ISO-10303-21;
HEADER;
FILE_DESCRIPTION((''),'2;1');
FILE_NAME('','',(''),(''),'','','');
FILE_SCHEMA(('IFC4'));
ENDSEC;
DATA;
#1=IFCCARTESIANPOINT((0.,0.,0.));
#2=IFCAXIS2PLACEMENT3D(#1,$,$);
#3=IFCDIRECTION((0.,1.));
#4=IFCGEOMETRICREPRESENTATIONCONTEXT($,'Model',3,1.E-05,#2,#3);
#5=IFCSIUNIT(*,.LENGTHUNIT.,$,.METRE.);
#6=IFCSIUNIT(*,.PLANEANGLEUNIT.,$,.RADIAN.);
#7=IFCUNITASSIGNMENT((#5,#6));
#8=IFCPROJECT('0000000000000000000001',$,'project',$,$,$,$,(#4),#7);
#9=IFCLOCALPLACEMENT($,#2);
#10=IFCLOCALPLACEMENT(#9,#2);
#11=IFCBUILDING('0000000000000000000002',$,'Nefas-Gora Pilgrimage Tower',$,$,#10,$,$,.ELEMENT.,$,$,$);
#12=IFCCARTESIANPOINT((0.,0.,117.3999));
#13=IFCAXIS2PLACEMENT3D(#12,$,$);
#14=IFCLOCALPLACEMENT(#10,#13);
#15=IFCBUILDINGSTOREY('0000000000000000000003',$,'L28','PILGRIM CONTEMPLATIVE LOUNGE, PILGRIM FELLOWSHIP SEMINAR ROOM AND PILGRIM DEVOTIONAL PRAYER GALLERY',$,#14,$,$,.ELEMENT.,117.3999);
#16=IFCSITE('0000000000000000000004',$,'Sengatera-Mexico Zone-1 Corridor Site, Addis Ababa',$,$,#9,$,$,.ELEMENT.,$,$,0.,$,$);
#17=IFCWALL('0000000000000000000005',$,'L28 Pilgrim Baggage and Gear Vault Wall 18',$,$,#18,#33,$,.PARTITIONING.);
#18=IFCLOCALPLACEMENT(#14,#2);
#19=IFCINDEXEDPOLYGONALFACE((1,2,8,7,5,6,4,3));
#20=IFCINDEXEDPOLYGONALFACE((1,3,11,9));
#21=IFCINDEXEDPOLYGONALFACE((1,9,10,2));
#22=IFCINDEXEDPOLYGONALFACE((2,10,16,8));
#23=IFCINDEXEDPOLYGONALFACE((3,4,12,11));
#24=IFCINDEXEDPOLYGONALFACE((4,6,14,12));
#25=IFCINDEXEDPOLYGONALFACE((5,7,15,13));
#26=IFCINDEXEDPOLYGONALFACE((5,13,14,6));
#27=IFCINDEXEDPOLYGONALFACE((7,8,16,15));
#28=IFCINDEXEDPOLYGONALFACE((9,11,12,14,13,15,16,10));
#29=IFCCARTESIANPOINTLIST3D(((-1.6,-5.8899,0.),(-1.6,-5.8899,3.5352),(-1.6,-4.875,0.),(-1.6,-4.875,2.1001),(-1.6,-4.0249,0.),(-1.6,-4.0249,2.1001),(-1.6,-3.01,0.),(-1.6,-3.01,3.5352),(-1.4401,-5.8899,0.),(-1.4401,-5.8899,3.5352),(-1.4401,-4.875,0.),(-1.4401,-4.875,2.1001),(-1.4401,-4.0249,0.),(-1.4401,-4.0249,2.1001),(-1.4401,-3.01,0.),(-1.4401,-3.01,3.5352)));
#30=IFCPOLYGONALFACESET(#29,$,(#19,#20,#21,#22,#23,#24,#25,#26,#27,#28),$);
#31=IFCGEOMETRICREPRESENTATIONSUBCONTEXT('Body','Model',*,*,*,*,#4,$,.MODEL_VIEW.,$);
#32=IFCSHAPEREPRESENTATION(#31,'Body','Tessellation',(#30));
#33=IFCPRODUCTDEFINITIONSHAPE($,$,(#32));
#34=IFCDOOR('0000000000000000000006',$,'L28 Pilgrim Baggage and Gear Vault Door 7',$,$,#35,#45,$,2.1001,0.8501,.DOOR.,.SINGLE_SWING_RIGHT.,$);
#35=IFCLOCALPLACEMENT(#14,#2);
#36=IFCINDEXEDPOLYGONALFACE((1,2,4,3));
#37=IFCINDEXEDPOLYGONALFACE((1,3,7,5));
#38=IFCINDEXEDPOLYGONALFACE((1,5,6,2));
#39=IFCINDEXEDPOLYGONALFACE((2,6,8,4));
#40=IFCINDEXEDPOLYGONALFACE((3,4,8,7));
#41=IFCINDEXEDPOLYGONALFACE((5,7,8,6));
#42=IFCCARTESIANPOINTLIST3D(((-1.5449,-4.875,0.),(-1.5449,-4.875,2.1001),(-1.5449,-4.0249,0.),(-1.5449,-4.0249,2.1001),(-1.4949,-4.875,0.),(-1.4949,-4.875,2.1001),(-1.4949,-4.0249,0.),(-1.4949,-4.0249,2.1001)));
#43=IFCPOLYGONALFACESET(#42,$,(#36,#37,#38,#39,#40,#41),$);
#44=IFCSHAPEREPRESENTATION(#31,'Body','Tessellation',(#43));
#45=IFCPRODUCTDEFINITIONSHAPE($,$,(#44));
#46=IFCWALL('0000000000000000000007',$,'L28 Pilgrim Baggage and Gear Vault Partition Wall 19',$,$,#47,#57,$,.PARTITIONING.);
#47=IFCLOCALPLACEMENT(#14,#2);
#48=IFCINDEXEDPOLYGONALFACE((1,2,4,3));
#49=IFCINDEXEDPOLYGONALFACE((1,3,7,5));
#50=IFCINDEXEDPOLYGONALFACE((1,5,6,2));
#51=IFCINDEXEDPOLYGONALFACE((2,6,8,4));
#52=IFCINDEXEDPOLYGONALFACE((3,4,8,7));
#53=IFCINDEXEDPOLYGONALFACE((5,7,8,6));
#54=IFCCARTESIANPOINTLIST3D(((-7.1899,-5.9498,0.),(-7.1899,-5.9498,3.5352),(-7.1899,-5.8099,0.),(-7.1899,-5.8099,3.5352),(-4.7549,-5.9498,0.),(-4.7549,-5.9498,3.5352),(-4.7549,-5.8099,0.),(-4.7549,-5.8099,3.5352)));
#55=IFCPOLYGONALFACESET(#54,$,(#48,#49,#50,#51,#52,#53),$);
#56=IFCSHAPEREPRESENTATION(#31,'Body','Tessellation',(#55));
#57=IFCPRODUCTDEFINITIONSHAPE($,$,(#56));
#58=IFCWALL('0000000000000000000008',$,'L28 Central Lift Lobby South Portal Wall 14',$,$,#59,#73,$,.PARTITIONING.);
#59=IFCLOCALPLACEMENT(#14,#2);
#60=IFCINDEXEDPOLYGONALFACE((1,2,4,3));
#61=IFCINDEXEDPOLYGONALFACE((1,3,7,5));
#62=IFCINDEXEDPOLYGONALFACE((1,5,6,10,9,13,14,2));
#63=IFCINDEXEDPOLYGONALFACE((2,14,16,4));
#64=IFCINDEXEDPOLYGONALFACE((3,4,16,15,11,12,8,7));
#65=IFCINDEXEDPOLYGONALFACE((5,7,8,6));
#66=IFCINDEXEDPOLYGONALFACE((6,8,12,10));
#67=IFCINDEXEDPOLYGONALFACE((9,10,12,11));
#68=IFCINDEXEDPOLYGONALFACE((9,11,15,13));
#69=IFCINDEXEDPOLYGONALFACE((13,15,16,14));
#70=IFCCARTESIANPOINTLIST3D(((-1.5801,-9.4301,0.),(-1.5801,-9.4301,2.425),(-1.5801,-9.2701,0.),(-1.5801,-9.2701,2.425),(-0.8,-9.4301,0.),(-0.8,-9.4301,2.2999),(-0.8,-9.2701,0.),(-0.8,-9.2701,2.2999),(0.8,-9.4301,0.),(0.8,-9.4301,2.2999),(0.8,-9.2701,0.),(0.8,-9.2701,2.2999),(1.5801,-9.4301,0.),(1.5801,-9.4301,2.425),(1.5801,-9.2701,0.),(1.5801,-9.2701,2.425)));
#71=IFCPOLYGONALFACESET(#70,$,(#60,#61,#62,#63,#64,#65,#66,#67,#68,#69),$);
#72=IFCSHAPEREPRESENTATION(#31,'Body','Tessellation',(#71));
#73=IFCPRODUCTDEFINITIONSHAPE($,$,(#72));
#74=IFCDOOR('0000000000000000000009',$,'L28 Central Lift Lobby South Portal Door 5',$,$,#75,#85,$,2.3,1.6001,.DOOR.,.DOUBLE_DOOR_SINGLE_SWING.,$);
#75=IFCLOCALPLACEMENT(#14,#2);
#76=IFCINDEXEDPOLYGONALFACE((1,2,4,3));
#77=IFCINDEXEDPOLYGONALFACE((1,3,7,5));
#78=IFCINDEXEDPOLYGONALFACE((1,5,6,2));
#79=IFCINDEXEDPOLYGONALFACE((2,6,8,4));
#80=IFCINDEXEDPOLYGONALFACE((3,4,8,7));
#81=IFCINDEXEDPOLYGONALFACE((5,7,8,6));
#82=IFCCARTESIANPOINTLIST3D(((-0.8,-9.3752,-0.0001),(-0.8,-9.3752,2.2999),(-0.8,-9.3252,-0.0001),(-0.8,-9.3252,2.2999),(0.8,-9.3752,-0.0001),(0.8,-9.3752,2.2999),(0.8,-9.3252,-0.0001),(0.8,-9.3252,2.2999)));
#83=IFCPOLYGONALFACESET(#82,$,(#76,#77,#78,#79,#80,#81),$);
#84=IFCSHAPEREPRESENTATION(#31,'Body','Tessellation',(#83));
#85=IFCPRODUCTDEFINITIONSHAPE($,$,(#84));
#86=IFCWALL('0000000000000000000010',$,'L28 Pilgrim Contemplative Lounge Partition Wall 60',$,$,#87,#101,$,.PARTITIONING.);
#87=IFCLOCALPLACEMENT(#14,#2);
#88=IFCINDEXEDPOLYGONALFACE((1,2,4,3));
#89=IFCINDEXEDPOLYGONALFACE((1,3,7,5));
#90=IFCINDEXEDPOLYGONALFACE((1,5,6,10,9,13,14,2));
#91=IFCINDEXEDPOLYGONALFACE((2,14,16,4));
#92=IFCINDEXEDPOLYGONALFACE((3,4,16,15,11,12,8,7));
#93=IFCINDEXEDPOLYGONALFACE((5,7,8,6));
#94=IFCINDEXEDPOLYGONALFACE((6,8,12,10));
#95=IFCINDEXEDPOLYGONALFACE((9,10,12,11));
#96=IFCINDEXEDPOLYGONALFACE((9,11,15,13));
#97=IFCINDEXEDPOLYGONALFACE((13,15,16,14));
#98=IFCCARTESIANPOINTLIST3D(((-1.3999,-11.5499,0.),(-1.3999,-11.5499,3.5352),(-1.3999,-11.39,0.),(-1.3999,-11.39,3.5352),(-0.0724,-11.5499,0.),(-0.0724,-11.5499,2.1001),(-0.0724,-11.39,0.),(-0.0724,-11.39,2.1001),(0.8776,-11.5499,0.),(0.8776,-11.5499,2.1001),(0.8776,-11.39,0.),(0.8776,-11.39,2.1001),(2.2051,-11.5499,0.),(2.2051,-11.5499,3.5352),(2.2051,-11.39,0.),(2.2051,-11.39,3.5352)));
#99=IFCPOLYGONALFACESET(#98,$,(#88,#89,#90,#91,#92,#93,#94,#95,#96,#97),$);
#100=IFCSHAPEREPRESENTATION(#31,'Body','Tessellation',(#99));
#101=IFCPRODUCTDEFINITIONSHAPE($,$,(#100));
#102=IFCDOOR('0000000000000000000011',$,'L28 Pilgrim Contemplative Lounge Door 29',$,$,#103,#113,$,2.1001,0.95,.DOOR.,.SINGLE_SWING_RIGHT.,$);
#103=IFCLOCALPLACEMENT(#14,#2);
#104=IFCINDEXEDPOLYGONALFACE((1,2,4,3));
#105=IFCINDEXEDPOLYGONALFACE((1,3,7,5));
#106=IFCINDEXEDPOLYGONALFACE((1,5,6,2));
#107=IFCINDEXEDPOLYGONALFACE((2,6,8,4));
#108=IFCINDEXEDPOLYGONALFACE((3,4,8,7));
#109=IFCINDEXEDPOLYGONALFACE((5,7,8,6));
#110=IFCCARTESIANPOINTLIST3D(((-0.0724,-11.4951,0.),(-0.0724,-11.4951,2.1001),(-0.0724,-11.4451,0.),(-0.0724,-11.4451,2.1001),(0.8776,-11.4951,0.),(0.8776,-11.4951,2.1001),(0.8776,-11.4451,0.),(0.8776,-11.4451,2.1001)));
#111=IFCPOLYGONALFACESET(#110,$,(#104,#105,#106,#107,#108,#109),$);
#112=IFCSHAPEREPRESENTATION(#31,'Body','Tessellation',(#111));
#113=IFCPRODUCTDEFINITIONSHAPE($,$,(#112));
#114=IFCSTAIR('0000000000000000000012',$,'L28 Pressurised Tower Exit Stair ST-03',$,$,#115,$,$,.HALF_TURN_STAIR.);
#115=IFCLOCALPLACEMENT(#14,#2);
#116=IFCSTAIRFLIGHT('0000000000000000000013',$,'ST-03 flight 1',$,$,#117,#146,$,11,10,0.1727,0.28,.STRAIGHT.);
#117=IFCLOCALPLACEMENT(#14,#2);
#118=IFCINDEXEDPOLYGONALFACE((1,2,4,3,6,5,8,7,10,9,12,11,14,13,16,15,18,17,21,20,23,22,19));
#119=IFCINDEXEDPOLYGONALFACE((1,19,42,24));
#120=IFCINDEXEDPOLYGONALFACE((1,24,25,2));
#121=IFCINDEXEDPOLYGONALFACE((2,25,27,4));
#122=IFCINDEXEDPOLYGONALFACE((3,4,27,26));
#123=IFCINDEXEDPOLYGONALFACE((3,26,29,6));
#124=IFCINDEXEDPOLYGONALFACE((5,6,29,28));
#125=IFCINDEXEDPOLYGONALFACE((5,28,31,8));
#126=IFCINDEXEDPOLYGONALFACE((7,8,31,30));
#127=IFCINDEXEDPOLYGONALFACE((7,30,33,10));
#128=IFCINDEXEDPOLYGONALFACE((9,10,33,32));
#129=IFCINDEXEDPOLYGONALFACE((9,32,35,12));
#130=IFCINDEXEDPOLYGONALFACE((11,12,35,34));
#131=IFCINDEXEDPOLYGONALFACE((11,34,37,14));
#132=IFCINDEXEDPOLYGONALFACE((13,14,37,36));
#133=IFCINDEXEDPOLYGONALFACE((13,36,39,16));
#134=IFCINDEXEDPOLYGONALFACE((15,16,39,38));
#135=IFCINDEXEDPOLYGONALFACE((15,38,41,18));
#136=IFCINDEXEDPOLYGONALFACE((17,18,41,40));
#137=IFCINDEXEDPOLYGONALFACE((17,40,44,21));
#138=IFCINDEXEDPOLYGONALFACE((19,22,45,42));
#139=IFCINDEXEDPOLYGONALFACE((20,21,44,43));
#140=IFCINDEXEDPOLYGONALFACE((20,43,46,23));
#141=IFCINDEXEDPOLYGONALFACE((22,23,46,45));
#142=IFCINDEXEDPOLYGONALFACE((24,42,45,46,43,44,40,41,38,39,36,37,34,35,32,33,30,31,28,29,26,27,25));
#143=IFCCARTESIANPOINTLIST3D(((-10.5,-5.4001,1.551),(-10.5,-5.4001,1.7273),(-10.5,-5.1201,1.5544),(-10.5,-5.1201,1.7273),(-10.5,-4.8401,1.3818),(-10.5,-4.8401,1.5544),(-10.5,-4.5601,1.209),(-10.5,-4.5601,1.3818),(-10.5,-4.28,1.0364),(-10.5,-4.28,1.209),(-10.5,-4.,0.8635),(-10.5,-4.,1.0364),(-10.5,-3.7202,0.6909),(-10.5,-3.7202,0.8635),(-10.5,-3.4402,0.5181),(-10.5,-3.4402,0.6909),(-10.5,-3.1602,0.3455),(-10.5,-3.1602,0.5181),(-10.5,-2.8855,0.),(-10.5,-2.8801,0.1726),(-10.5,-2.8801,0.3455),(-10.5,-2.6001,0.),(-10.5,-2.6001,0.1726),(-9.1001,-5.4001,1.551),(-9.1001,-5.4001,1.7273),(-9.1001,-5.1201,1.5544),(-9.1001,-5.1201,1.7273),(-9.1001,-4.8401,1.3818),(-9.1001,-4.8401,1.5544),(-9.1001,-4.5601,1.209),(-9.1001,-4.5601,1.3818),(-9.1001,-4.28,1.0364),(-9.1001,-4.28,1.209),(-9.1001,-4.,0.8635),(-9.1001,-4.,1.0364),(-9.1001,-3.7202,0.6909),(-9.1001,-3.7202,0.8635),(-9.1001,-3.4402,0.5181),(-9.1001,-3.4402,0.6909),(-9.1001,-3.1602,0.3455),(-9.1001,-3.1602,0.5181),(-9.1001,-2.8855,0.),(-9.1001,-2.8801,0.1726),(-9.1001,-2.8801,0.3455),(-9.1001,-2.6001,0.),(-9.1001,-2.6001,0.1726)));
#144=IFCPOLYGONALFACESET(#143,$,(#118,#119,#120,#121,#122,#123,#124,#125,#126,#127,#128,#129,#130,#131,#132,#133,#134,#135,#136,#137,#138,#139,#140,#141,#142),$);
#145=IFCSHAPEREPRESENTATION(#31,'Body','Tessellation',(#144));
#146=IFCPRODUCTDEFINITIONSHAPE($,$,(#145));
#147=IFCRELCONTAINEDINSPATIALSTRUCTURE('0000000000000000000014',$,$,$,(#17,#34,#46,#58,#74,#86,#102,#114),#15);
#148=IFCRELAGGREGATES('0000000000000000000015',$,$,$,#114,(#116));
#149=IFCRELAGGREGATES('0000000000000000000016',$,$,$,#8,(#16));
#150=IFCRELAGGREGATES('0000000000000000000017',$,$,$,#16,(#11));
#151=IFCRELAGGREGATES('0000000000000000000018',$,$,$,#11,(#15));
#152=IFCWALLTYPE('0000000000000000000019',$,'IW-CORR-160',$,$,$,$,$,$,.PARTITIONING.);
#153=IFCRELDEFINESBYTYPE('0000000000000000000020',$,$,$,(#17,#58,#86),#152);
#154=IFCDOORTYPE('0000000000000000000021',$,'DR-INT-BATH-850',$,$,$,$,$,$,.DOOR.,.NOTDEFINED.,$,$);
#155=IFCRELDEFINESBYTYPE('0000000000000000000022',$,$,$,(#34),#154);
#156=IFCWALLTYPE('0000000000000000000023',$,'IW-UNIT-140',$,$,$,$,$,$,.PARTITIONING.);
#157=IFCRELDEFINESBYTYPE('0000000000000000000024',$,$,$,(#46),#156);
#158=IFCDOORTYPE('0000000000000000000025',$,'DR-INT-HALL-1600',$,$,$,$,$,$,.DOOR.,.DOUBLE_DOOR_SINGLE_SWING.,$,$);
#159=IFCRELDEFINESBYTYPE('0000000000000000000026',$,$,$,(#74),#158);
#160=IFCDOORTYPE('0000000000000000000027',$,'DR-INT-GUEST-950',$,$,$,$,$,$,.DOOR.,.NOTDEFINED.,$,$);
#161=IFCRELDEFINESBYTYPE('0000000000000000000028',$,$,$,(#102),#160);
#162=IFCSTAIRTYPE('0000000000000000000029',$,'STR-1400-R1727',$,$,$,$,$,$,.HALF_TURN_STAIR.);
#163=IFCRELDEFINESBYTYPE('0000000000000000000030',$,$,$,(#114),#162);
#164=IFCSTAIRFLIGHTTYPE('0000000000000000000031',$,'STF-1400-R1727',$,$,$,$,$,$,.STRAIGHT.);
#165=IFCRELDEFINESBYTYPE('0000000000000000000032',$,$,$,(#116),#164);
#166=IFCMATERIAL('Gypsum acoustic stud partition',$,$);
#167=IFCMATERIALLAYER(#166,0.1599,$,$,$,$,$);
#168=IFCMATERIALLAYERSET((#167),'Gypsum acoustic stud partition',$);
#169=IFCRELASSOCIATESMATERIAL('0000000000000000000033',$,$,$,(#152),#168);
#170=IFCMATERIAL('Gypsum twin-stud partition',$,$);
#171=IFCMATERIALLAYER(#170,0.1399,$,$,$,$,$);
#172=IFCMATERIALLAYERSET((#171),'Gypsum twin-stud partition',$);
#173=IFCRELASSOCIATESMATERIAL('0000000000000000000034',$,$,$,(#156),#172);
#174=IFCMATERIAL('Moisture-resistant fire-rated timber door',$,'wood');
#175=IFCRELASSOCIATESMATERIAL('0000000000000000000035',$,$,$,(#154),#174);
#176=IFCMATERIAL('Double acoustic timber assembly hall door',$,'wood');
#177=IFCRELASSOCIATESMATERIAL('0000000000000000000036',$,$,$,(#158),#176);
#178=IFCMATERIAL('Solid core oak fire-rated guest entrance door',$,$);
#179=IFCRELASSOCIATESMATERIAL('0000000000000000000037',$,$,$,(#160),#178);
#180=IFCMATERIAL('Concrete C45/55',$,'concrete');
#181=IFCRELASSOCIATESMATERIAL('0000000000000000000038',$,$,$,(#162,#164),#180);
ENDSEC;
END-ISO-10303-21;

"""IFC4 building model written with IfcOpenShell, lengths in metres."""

from ifc_helpers import new_model, si_unit, direction, frame, frame_2d, origin, place, context, subcontext, project, spatial, polyline, rectangle, outline, extrude, source, transform, mapped, material, layer, layer_set, type_object, element, fill, aggregate, save


model = new_model("IFC4")

# Units and contexts
model_context = context("Model", 3, precision=1e-05, world=origin(), true_north=direction((0.0, 1.0)))
body_context = subcontext(model_context, "Body", "Model", "MODEL_VIEW")
ifc_project = project(units=[si_unit("LENGTHUNIT", "METRE"), si_unit("PLANEANGLEUNIT", "RADIAN")], contexts=[model_context])

# Site, building, storey
site_placement = place(None, origin())
site = spatial("IfcSite", under=ifc_project, at=site_placement, Name="Sengatera-Mexico Zone-1 Corridor Site, Addis Ababa", CompositionType="ELEMENT", RefElevation=0.0)
building_placement = place(site_placement, origin())
building = spatial("IfcBuilding", under=site, at=building_placement, Name="Nefas-Gora Pilgrimage Tower", CompositionType="ELEMENT")
storey_placement = place(building_placement, frame((0.0, 0.0, 117.3999)))
storey = spatial("IfcBuildingStorey", under=building, at=storey_placement, Name="L28", Description="PILGRIM CONTEMPLATIVE LOUNGE, PILGRIM FELLOWSHIP SEMINAR ROOM AND PILGRIM DEVOTIONAL PRAYER GALLERY", CompositionType="ELEMENT", Elevation=117.3999)

# Shared definitions
ifc_material_1 = material(Name="Concrete C45/55", Category="concrete")

# Shared definitions
ifc_material_2 = material(Name="Gypsum acoustic stud partition")
ifc_layer_1 = layer(ifc_material_2, 0.1599)
ifc_layer_set_1 = layer_set([ifc_layer_1], Name="Gypsum acoustic stud partition")
wall_type_1 = type_object("IfcWallType", Name="IW-CORR-160", PredefinedType="PARTITIONING", material=ifc_layer_set_1)
ifc_material_3 = material(Name="Gypsum twin-stud partition")
ifc_layer_2 = layer(ifc_material_3, 0.1399)
ifc_layer_set_2 = layer_set([ifc_layer_2], Name="Gypsum twin-stud partition")
wall_type_2 = type_object("IfcWallType", Name="IW-UNIT-140", PredefinedType="PARTITIONING", material=ifc_layer_set_2)

# Wall, opening, door
shared_shape_1 = source(origin(), body_context, "Body", "SweptSolid", [
    extrude(rectangle(XDim=2.8799, YDim=0.1599, at=frame_2d((1.4399, 0.0))), origin(), (0.0, 0.0, 1.0), 3.5352),
])
wall_1_placement = place(storey_placement, frame((-1.52, -5.8899, 0.0), z_axis=(0.0, 0.0, 1.0), x_axis=(0.0, 1.0, 0.0)))
wall_1 = element("IfcWall", 1, at=wall_1_placement, inside=storey, type_object=wall_type_1, Name="L28 Pilgrim Baggage and Gear Vault Wall 18", PredefinedType="PARTITIONING", context=body_context, shape_type="MappedRepresentation", body=[
    mapped(shared_shape_1, transform((0.0, 0.0, 0.0), x_axis=(1.0, 0.0, 0.0), y_axis=(0.0, 1.0, 0.0), z_axis=(0.0, 0.0, 1.0), scale=1.0)),
])
opening_1_placement = place(wall_1_placement, frame((1.0149, 0.0, 0.0)))
opening_1 = element("IfcOpeningElement", 2, at=opening_1_placement, cuts=wall_1, PredefinedType="OPENING", context=body_context, shape_type="SweptSolid", body=[
    extrude(rectangle(XDim=0.8501, YDim=2.1001, at=frame_2d((0.425, 1.05))), frame((0.0, 0.0898, 0.0), z_axis=(0.0, -1.0, 0.0), x_axis=(1.0, 0.0, 0.0)), (0.0, 0.0, 1.0), 0.1799),
])
ifc_material_4 = material(Name="Moisture-resistant fire-rated timber door", Category="wood")
door_type_1 = type_object("IfcDoorType", Name="DR-INT-BATH-850", OperationType="NOTDEFINED", PredefinedType="DOOR", material=ifc_material_4)
shared_shape_2 = source(origin(), body_context, "Body", "SweptSolid", [
    extrude(rectangle(XDim=0.8501, YDim=2.1001, at=frame_2d((0.425, 1.05))), frame((0.0, 0.0249, 0.0), z_axis=(0.0, -1.0, 0.0), x_axis=(1.0, 0.0, 0.0)), (0.0, 0.0, 1.0), 0.05),
])
door_1_placement = place(opening_1_placement, origin())
door_1 = element("IfcDoor", 3, at=door_1_placement, inside=storey, type_object=door_type_1, Name="L28 Pilgrim Baggage and Gear Vault Door 7", OperationType="SINGLE_SWING_RIGHT", OverallHeight=2.1001, OverallWidth=0.8501, PredefinedType="DOOR", context=body_context, shape_type="MappedRepresentation", body=[
    mapped(shared_shape_2, transform((0.0, 0.0, 0.0), x_axis=(1.0, 0.0, 0.0), y_axis=(0.0, 1.0, 0.0), z_axis=(0.0, 0.0, 1.0), scale=1.0)),
])
fill(opening_1, door_1)

# Wall
shared_shape_3 = source(origin(), body_context, "Body", "SweptSolid", [
    extrude(rectangle(XDim=2.4351, YDim=0.1399, at=frame_2d((1.2175, 0.0))), origin(), (0.0, 0.0, 1.0), 3.5352),
])
wall_2_placement = place(storey_placement, frame((-7.1899, -5.8799, 0.0), z_axis=(0.0, 0.0, 1.0), x_axis=(1.0, 0.0, 0.0)))
element("IfcWall", 4, at=wall_2_placement, inside=storey, type_object=wall_type_2, Name="L28 Pilgrim Baggage and Gear Vault Partition Wall 19", PredefinedType="PARTITIONING", context=body_context, shape_type="MappedRepresentation", body=[
    mapped(shared_shape_3, transform((0.0, 0.0, 0.0), x_axis=(1.0, 0.0, 0.0), y_axis=(0.0, 1.0, 0.0), z_axis=(0.0, 0.0, 1.0), scale=1.0)),
])

# Walls, openings, doors
shared_shape_4 = source(origin(), body_context, "Body", "SweptSolid", [
    extrude(rectangle(XDim=3.1602, YDim=0.1599, at=frame_2d((1.5801, 0.0))), origin(), (0.0, 0.0, 1.0), 2.425),
])
wall_3_placement = place(storey_placement, frame((-1.5801, -9.3501, 0.0), z_axis=(0.0, 0.0, 1.0), x_axis=(1.0, 0.0, 0.0)))
wall_3 = element("IfcWall", 5, at=wall_3_placement, inside=storey, type_object=wall_type_1, Name="L28 Central Lift Lobby South Portal Wall 14", PredefinedType="PARTITIONING", context=body_context, shape_type="MappedRepresentation", body=[
    mapped(shared_shape_4, transform((0.0, 0.0, 0.0), x_axis=(1.0, 0.0, 0.0), y_axis=(0.0, 1.0, 0.0), z_axis=(0.0, 0.0, 1.0), scale=1.0)),
])
opening_2_placement = place(wall_3_placement, frame((0.78, 0.0, 0.0)))
opening_2 = element("IfcOpeningElement", 6, at=opening_2_placement, cuts=wall_3, PredefinedType="OPENING", context=body_context, shape_type="SweptSolid", body=[
    extrude(rectangle(XDim=1.6001, YDim=2.3, at=frame_2d((0.8, 1.1499))), frame((0.0, 0.0898, 0.0), z_axis=(0.0, -1.0, 0.0), x_axis=(1.0, 0.0, 0.0)), (0.0, 0.0, 1.0), 0.1799),
])
ifc_material_5 = material(Name="Double acoustic timber assembly hall door", Category="wood")
door_type_2 = type_object("IfcDoorType", Name="DR-INT-HALL-1600", OperationType="DOUBLE_DOOR_SINGLE_SWING", PredefinedType="DOOR", material=ifc_material_5)
shared_shape_5 = source(origin(), body_context, "Body", "SweptSolid", [
    extrude(rectangle(XDim=1.6001, YDim=2.3, at=frame_2d((0.8, 1.1499))), frame((0.0, 0.0249, 0.0), z_axis=(0.0, -1.0, 0.0), x_axis=(1.0, 0.0, 0.0)), (0.0, 0.0, 1.0), 0.05),
])
door_2_placement = place(opening_2_placement, origin())
door_2 = element("IfcDoor", 7, at=door_2_placement, inside=storey, type_object=door_type_2, Name="L28 Central Lift Lobby South Portal Door 5", OperationType="DOUBLE_DOOR_SINGLE_SWING", OverallHeight=2.3, OverallWidth=1.6001, PredefinedType="DOOR", context=body_context, shape_type="MappedRepresentation", body=[
    mapped(shared_shape_5, transform((0.0, 0.0, 0.0), x_axis=(1.0, 0.0, 0.0), y_axis=(0.0, 1.0, 0.0), z_axis=(0.0, 0.0, 1.0), scale=1.0)),
])
fill(opening_2, door_2)
shared_shape_6 = source(origin(), body_context, "Body", "SweptSolid", [
    extrude(rectangle(XDim=3.605, YDim=0.1599, at=frame_2d((1.8025, 0.0))), origin(), (0.0, 0.0, 1.0), 3.5352),
])
wall_4_placement = place(storey_placement, frame((-1.3999, -11.47, 0.0), z_axis=(0.0, 0.0, 1.0), x_axis=(1.0, 0.0, 0.0)))
wall_4 = element("IfcWall", 8, at=wall_4_placement, inside=storey, type_object=wall_type_1, Name="L28 Pilgrim Contemplative Lounge Partition Wall 60", PredefinedType="PARTITIONING", context=body_context, shape_type="MappedRepresentation", body=[
    mapped(shared_shape_6, transform((0.0, 0.0, 0.0), x_axis=(1.0, 0.0, 0.0), y_axis=(0.0, 1.0, 0.0), z_axis=(0.0, 0.0, 1.0), scale=1.0)),
])
opening_3_placement = place(wall_4_placement, frame((1.3274, 0.0, 0.0)))
opening_3 = element("IfcOpeningElement", 9, at=opening_3_placement, cuts=wall_4, PredefinedType="OPENING", context=body_context, shape_type="SweptSolid", body=[
    extrude(rectangle(XDim=0.95, YDim=2.1001, at=frame_2d((0.4751, 1.05))), frame((0.0, 0.0898, 0.0), z_axis=(0.0, -1.0, 0.0), x_axis=(1.0, 0.0, 0.0)), (0.0, 0.0, 1.0), 0.1799),
])
ifc_material_6 = material(Name="Solid core oak fire-rated guest entrance door")
door_type_3 = type_object("IfcDoorType", Name="DR-INT-GUEST-950", OperationType="NOTDEFINED", PredefinedType="DOOR", material=ifc_material_6)
shared_shape_7 = source(origin(), body_context, "Body", "SweptSolid", [
    extrude(rectangle(XDim=0.95, YDim=2.1001, at=frame_2d((0.4751, 1.05))), frame((0.0, 0.0249, 0.0), z_axis=(0.0, -1.0, 0.0), x_axis=(1.0, 0.0, 0.0)), (0.0, 0.0, 1.0), 0.05),
])
door_3_placement = place(opening_3_placement, origin())
door_3 = element("IfcDoor", 10, at=door_3_placement, inside=storey, type_object=door_type_3, Name="L28 Pilgrim Contemplative Lounge Door 29", OperationType="SINGLE_SWING_RIGHT", OverallHeight=2.1001, OverallWidth=0.95, PredefinedType="DOOR", context=body_context, shape_type="MappedRepresentation", body=[
    mapped(shared_shape_7, transform((0.0, 0.0, 0.0), x_axis=(1.0, 0.0, 0.0), y_axis=(0.0, 1.0, 0.0), z_axis=(0.0, 0.0, 1.0), scale=1.0)),
])
fill(opening_3, door_3)

# Stair, stair flight
stair_type = type_object("IfcStairType", Name="STR-1400-R1727", PredefinedType="HALF_TURN_STAIR", material=ifc_material_1)
stair_placement = place(storey_placement, origin())
stair = element("IfcStair", 11, at=stair_placement, inside=storey, type_object=stair_type, Name="L28 Pressurised Tower Exit Stair ST-03", PredefinedType="HALF_TURN_STAIR")
stair_flight_type = type_object("IfcStairFlightType", Name="STF-1400-R1727", PredefinedType="STRAIGHT", material=ifc_material_1)
shared_shape_8 = source(origin(), body_context, "Body", "SweptSolid", [
    extrude(outline(polyline([(0.0, 0.0), (0.0, 0.1726), (0.28, 0.1726), (0.28, 0.3455), (0.5601, 0.3455), (0.5601, 0.5181), (0.8401, 0.5181), (0.8401, 0.6909), (1.1201, 0.6909), (1.1201, 0.8635), (1.3999, 0.8635), (1.3999, 1.0364), (1.6799, 1.0364), (1.6799, 1.209), (1.96, 1.209), (1.96, 1.3818), (2.24, 1.3818), (2.24, 1.5544), (2.52, 1.5544), (2.52, 1.7273), (2.8, 1.7273), (2.8, 1.8999), (2.8, 1.551), (0.2854, 0.0), (0.0, 0.0)])), frame((0.0, 0.7, 0.0), z_axis=(0.0, -1.0, 0.0), x_axis=(1.0, 0.0, 0.0)), (0.0, 0.0, 1.0), 1.3999),
])
stair_flight_1_placement = place(storey_placement, frame((-9.8, -2.6001, 0.0), z_axis=(0.0, 0.0, 1.0), x_axis=(0.0, -1.0, 0.0)))
stair_flight_1 = element("IfcStairFlight", 12, at=stair_flight_1_placement, type_object=stair_flight_type, Name="ST-03 flight 1", NumberOfRisers=11, NumberOfTreads=10, PredefinedType="STRAIGHT", RiserHeight=0.1727, TreadLength=0.28, context=body_context, shape_type="MappedRepresentation", body=[
    mapped(shared_shape_8, transform((0.0, 0.0, 0.0), x_axis=(1.0, 0.0, 0.0), y_axis=(0.0, 1.0, 0.0), z_axis=(0.0, 0.0, 1.0), scale=1.0)),
])
aggregate(stair, [stair_flight_1])

save(model, "model.ifc")
